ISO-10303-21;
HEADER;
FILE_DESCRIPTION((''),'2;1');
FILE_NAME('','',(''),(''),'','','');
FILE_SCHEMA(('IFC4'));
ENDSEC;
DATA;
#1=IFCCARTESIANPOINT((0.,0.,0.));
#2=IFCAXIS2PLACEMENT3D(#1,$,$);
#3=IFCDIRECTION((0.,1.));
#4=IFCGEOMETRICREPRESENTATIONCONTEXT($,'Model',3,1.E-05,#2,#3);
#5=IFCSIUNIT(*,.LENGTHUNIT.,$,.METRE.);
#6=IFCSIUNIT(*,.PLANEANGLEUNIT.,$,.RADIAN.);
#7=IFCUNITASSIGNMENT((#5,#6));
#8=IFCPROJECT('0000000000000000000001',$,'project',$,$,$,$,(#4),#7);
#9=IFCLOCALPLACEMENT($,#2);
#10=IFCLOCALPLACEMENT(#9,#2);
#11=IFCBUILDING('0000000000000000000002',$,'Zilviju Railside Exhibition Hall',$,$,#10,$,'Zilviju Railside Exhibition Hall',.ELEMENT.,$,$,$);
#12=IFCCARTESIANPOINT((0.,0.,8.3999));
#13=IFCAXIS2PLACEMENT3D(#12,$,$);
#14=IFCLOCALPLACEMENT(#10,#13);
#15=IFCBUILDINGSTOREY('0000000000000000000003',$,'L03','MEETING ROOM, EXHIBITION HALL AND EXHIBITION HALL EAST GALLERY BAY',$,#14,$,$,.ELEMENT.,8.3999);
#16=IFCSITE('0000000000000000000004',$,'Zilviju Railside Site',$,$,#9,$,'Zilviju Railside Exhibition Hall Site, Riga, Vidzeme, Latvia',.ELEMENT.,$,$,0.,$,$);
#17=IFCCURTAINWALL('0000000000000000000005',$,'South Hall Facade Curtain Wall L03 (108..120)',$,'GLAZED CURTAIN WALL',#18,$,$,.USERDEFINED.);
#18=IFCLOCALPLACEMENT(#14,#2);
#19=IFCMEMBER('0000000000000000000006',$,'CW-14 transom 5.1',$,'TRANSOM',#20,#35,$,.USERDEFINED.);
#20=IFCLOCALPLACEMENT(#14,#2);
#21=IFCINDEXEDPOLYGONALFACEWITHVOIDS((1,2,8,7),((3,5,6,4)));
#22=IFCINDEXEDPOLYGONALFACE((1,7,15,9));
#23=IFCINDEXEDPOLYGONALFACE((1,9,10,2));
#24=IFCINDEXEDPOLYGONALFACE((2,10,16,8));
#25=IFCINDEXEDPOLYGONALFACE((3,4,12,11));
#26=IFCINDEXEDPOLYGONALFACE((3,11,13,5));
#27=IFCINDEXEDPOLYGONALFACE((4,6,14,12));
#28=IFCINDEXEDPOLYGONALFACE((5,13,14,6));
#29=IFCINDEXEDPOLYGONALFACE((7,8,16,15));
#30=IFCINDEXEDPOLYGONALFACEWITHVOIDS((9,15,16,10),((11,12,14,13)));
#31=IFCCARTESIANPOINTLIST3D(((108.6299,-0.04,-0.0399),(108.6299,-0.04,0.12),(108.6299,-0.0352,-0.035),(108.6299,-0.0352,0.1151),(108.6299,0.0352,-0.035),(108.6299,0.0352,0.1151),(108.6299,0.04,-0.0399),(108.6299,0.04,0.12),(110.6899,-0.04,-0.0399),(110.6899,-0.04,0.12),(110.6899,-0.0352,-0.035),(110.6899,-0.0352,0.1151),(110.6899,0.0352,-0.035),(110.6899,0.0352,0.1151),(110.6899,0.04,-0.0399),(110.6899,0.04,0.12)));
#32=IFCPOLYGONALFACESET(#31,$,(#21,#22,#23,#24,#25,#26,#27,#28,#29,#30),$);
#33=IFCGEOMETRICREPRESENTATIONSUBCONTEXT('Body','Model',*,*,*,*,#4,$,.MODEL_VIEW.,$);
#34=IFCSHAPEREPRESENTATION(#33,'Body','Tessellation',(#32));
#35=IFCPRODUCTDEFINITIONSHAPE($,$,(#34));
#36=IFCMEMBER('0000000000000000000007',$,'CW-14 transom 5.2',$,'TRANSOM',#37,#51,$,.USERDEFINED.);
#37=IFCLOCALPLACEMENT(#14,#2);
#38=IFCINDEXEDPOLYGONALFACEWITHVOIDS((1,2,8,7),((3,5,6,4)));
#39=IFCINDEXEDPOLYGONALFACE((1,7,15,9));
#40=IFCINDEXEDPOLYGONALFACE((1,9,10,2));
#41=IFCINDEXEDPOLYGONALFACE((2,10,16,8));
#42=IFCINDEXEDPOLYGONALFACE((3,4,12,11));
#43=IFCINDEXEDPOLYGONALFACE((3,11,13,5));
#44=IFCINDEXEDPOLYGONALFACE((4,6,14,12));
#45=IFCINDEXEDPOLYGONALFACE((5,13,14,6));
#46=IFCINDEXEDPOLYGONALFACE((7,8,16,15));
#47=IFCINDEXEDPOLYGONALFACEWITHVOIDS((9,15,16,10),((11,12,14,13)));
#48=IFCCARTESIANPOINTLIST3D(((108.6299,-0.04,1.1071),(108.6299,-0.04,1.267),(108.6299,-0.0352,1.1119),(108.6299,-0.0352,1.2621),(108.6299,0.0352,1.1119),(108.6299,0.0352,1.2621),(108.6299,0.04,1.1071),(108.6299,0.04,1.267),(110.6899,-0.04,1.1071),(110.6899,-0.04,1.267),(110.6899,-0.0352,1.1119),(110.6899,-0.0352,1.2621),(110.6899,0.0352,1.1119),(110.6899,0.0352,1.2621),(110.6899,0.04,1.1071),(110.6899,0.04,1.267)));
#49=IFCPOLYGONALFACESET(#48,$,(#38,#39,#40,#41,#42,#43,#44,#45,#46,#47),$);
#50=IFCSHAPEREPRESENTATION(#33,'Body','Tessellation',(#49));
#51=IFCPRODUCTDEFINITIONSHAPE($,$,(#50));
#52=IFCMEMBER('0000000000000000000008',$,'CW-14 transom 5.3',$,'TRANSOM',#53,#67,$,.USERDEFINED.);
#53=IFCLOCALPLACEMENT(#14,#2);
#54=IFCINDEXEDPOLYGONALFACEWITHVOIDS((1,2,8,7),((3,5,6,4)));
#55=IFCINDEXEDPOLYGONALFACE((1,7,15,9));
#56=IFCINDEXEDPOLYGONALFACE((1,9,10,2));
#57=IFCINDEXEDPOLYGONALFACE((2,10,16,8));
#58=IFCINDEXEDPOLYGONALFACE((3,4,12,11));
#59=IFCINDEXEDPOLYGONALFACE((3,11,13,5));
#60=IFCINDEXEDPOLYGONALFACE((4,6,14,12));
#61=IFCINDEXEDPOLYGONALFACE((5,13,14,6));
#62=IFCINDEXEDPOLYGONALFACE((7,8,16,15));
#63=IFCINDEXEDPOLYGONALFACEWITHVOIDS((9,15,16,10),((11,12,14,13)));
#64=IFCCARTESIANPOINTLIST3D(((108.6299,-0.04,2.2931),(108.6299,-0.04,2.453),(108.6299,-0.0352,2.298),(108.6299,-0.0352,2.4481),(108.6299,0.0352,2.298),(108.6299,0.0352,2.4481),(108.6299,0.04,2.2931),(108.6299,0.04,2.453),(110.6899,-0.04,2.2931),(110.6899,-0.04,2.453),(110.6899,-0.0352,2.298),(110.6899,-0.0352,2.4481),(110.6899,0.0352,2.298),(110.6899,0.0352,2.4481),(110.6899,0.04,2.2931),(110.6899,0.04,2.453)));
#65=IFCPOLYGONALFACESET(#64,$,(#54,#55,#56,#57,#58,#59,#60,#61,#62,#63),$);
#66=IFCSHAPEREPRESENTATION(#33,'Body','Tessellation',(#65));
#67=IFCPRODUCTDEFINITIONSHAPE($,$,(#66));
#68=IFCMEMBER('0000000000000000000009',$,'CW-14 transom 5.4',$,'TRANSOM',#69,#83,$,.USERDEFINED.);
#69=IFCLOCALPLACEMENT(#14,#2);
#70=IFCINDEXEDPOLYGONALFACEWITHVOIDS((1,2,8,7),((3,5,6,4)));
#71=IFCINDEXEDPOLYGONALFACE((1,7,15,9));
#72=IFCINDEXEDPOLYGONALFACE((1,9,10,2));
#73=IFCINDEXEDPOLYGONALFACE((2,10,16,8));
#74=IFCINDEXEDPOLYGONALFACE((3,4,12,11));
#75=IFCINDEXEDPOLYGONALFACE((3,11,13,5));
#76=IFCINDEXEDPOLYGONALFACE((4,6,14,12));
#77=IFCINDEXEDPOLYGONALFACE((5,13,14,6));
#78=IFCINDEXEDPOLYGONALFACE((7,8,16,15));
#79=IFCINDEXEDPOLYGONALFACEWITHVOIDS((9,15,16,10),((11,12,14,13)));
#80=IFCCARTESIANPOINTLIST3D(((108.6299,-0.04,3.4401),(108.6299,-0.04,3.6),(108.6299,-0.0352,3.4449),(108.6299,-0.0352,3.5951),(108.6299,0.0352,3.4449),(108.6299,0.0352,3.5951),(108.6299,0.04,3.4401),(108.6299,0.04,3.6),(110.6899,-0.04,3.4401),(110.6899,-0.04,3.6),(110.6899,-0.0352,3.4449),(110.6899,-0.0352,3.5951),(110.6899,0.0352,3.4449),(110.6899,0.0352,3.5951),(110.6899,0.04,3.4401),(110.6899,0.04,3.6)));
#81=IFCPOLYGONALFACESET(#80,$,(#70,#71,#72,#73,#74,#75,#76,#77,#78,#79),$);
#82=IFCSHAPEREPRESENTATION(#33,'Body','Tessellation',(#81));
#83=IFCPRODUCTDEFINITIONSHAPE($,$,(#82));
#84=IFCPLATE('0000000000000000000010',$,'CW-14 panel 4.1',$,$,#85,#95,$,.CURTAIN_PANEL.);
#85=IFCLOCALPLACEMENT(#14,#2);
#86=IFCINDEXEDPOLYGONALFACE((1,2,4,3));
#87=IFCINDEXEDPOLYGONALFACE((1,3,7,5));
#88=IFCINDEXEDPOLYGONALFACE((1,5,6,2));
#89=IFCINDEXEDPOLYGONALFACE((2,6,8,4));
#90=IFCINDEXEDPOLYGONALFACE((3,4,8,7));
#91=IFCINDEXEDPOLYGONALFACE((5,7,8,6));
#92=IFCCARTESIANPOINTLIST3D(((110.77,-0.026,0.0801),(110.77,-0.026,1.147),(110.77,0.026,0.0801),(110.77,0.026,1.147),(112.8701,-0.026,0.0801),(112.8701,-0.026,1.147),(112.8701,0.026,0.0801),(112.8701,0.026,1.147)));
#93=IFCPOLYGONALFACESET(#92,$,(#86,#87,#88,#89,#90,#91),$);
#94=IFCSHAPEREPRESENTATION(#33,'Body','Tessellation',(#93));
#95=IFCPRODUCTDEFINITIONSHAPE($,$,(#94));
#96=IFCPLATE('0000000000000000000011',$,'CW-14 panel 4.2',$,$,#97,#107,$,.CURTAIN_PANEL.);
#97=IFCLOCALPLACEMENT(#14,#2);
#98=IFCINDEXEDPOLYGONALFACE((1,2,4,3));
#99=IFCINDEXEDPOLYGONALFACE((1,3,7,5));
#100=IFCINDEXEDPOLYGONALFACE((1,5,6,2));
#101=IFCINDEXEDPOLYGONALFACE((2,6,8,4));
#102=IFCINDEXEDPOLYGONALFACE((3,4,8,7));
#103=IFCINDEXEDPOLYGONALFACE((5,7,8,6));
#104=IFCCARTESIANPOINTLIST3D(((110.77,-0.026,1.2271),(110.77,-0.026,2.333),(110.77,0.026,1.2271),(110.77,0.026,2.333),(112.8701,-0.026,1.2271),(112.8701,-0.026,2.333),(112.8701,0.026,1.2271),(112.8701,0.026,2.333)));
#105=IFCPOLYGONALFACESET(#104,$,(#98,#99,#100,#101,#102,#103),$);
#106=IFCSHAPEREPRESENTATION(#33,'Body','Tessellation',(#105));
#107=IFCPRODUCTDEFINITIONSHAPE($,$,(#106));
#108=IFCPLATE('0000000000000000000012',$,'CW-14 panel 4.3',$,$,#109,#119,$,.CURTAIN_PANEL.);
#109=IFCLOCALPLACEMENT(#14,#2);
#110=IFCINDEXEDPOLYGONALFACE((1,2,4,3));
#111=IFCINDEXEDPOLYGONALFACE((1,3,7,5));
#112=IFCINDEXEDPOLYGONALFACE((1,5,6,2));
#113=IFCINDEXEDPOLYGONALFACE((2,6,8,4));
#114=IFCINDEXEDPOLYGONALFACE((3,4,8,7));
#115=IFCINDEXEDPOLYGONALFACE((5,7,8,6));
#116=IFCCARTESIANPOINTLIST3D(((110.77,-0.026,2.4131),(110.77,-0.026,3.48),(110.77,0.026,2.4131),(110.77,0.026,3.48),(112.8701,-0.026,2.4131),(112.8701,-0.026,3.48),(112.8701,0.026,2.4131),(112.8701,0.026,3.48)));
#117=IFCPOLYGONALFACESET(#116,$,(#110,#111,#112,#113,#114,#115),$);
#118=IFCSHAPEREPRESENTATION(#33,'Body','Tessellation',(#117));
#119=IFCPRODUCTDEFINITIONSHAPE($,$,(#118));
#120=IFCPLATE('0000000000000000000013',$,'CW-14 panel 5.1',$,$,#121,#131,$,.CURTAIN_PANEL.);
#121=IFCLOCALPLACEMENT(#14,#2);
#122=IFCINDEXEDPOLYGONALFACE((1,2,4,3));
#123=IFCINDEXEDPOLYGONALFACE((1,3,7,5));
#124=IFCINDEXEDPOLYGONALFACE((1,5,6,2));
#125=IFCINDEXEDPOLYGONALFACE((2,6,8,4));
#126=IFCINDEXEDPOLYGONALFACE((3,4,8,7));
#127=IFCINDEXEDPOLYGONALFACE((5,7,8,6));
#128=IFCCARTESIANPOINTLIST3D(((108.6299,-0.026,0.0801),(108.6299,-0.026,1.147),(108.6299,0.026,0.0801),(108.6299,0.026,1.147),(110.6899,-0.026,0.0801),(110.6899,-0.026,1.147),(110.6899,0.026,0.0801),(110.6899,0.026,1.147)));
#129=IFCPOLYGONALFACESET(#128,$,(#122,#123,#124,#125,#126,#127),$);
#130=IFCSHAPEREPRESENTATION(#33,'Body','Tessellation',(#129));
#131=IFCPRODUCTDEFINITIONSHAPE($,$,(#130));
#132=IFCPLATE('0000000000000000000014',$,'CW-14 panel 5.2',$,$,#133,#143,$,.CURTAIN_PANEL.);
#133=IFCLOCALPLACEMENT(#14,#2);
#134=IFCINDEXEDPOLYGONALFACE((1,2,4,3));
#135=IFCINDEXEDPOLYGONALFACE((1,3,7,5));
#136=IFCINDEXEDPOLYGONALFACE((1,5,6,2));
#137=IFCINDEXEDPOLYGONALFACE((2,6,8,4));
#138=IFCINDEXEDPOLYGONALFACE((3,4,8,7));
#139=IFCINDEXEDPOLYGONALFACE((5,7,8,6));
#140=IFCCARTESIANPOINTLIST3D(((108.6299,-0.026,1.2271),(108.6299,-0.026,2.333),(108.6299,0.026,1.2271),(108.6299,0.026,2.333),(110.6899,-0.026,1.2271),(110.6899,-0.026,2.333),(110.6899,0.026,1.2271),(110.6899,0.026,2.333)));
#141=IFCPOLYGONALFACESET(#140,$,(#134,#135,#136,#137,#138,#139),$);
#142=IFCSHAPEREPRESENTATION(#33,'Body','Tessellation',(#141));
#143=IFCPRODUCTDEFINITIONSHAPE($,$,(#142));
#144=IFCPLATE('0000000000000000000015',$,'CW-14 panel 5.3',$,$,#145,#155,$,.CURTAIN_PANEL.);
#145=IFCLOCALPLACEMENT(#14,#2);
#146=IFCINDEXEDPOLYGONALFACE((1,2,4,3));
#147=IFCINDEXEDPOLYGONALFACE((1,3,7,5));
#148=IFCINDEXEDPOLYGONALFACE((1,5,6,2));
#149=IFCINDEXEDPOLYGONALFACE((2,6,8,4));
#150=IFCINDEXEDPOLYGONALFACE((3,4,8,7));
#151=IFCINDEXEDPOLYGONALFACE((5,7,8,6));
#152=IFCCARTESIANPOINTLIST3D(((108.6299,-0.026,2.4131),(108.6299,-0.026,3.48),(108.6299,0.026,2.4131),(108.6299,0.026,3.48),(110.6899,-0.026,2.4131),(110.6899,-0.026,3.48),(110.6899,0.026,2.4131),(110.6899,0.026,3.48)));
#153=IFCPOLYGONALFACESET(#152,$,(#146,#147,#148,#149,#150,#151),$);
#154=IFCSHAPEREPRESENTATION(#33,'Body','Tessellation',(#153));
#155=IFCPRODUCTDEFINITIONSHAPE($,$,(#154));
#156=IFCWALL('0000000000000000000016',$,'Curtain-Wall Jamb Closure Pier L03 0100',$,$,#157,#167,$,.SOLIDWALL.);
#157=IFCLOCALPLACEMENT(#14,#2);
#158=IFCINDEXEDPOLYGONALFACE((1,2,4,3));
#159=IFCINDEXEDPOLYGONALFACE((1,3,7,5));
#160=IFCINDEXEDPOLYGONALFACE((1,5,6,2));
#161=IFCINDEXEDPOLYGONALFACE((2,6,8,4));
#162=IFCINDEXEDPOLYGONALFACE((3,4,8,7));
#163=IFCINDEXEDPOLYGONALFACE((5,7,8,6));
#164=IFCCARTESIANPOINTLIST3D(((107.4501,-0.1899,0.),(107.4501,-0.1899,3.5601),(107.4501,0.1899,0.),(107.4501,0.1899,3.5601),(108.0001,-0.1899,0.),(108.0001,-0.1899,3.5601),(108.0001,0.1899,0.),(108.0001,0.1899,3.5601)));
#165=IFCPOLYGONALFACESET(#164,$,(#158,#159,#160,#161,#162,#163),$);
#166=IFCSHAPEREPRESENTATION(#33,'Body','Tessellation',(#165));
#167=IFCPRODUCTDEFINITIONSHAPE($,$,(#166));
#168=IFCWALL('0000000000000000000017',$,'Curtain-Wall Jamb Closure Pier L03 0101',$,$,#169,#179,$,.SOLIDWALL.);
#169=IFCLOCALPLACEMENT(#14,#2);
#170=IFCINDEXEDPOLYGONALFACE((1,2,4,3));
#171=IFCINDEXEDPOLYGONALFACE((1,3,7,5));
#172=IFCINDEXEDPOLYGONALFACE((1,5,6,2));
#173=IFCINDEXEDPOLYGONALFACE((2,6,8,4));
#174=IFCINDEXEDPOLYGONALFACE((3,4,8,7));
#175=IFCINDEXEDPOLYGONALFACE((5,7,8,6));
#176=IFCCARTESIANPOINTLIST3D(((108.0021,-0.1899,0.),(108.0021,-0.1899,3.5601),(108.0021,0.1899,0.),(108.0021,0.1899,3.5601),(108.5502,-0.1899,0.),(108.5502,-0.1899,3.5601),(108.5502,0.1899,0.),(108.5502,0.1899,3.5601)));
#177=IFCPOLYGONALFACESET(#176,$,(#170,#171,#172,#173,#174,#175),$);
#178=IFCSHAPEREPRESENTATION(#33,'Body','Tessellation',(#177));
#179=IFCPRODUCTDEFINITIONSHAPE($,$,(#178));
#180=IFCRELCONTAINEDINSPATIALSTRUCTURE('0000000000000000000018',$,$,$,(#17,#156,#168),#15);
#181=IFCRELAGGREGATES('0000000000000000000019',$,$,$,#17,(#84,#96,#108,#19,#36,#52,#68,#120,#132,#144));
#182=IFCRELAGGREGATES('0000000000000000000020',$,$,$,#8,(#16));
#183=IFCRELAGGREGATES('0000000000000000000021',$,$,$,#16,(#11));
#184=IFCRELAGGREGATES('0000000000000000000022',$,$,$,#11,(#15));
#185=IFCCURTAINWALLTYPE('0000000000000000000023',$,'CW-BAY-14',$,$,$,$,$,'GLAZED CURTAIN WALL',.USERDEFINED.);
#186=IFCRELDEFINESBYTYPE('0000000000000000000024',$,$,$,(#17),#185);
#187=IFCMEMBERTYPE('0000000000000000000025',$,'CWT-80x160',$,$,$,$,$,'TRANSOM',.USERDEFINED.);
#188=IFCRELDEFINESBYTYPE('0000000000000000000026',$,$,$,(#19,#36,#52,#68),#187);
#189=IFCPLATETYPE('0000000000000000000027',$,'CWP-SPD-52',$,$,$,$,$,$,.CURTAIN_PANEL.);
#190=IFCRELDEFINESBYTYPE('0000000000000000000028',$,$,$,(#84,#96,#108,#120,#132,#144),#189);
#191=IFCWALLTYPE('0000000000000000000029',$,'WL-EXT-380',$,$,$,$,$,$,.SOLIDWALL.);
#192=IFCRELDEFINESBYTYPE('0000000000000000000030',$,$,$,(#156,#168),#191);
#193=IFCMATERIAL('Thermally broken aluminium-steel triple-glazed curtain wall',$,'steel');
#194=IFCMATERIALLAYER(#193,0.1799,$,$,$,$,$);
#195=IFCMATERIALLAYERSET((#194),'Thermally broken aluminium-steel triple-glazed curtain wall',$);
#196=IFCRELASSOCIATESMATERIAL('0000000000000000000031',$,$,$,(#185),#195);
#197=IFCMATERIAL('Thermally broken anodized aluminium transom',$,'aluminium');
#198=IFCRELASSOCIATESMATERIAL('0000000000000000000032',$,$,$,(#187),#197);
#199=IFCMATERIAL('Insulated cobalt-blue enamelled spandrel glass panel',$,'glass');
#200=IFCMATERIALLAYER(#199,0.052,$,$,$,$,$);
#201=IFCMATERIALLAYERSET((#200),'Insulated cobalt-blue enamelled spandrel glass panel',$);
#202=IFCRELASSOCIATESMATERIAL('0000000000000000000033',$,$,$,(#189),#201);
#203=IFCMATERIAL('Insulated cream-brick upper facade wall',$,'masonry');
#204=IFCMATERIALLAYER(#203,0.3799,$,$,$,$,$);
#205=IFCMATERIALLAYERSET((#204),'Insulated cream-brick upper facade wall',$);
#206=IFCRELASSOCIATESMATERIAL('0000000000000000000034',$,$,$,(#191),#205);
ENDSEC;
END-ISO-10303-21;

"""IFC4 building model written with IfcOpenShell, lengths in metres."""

from ifc_helpers import new_model, si_unit, direction, frame, frame_2d, origin, origin_2d, place, context, subcontext, project, spatial, rectangle, hollow_rectangle, extrude, material, layer, layer_set, material_profile, profile_set, type_object, element, aggregate, save


model = new_model("IFC4")

# Units and contexts
model_context = context("Model", 3, precision=1e-05, world=origin(), true_north=direction((0.0, 1.0)))
body_context = subcontext(model_context, "Body", "Model", "MODEL_VIEW")
ifc_project = project(units=[si_unit("LENGTHUNIT", "METRE"), si_unit("PLANEANGLEUNIT", "RADIAN")], contexts=[model_context])

# Site, building, storey
site_placement = place(None, origin())
site = spatial("IfcSite", under=ifc_project, at=site_placement, Name="Zilviju Railside Site", LongName="Zilviju Railside Exhibition Hall Site, Riga, Vidzeme, Latvia", CompositionType="ELEMENT", RefElevation=0.0)
building_placement = place(site_placement, origin())
building = spatial("IfcBuilding", under=site, at=building_placement, Name="Zilviju Railside Exhibition Hall", LongName="Zilviju Railside Exhibition Hall", CompositionType="ELEMENT")
storey_placement = place(building_placement, frame((0.0, 0.0, 8.3999)))
storey = spatial("IfcBuildingStorey", under=building, at=storey_placement, Name="L03", Description="MEETING ROOM, EXHIBITION HALL AND EXHIBITION HALL EAST GALLERY BAY", CompositionType="ELEMENT", Elevation=8.3999)

# Shared definitions
ifc_material_1 = material(Name="Thermally broken aluminium-steel triple-glazed curtain wall", Category="steel")

# Curtain wall, members, plates
ifc_layer_1 = layer(ifc_material_1, 0.1799)
ifc_layer_set_1 = layer_set([ifc_layer_1], Name="Thermally broken aluminium-steel triple-glazed curtain wall")
curtain_wall_type_1 = type_object("IfcCurtainWallType", Name="CW-BAY-14", ElementType="GLAZED CURTAIN WALL", PredefinedType="USERDEFINED", material=ifc_layer_set_1)
curtain_wall_1_placement = place(storey_placement, origin())
curtain_wall_1 = element("IfcCurtainWall", 1, at=curtain_wall_1_placement, inside=storey, type_object=curtain_wall_type_1, Name="South Hall Facade Curtain Wall L03 (108..120)", ObjectType="GLAZED CURTAIN WALL", PredefinedType="USERDEFINED")
ifc_material_2 = material(Name="Thermally broken anodized aluminium transom", Category="aluminium")
ifc_material_profile_1 = material_profile(ifc_material_2, hollow_rectangle(XDim=0.0801, YDim=0.1599, WallThickness=0.0049, at=origin_2d()), Name="TRANSOM 160x80x5")
ifc_profile_set_1 = profile_set([ifc_material_profile_1], Name="Thermally broken anodized aluminium transom")
member_type_1 = type_object("IfcMemberType", Name="CWT-80x160", ElementType="TRANSOM", PredefinedType="USERDEFINED", material=ifc_profile_set_1)
member_1_placement = place(storey_placement, frame((110.6899, 0.0, 0.04), z_axis=(-1.0, 0.0, 0.0), x_axis=(0.0, -1.0, 0.0)))
member_1 = element("IfcMember", 2, at=member_1_placement, type_object=member_type_1, Name="CW-14 transom 5.1", ObjectType="TRANSOM", PredefinedType="USERDEFINED", context=body_context, shape_type="SweptSolid", body=[
    extrude(hollow_rectangle(XDim=0.0801, YDim=0.1599, WallThickness=0.0049, at=origin_2d()), origin(), (0.0, 0.0, 1.0), 2.0601),
])
member_2_placement = place(storey_placement, frame((110.6899, 0.0, 1.187), z_axis=(-1.0, 0.0, 0.0), x_axis=(0.0, -1.0, 0.0)))
member_2 = element("IfcMember", 3, at=member_2_placement, type_object=member_type_1, Name="CW-14 transom 5.2", ObjectType="TRANSOM", PredefinedType="USERDEFINED", context=body_context, shape_type="SweptSolid", body=[
    extrude(hollow_rectangle(XDim=0.0801, YDim=0.1599, WallThickness=0.0049, at=origin_2d()), origin(), (0.0, 0.0, 1.0), 2.0601),
])
member_3_placement = place(storey_placement, frame((110.6899, 0.0, 2.373), z_axis=(-1.0, 0.0, 0.0), x_axis=(0.0, -1.0, 0.0)))
member_3 = element("IfcMember", 4, at=member_3_placement, type_object=member_type_1, Name="CW-14 transom 5.3", ObjectType="TRANSOM", PredefinedType="USERDEFINED", context=body_context, shape_type="SweptSolid", body=[
    extrude(hollow_rectangle(XDim=0.0801, YDim=0.1599, WallThickness=0.0049, at=origin_2d()), origin(), (0.0, 0.0, 1.0), 2.0601),
])
member_4_placement = place(storey_placement, frame((110.6899, 0.0, 3.52), z_axis=(-1.0, 0.0, 0.0), x_axis=(0.0, -1.0, 0.0)))
member_4 = element("IfcMember", 5, at=member_4_placement, type_object=member_type_1, Name="CW-14 transom 5.4", ObjectType="TRANSOM", PredefinedType="USERDEFINED", context=body_context, shape_type="SweptSolid", body=[
    extrude(hollow_rectangle(XDim=0.0801, YDim=0.1599, WallThickness=0.0049, at=origin_2d()), origin(), (0.0, 0.0, 1.0), 2.0601),
])
ifc_material_3 = material(Name="Insulated cobalt-blue enamelled spandrel glass panel", Category="glass")
ifc_layer_2 = layer(ifc_material_3, 0.052)
ifc_layer_set_2 = layer_set([ifc_layer_2], Name="Insulated cobalt-blue enamelled spandrel glass panel")
plate_type = type_object("IfcPlateType", Name="CWP-SPD-52", PredefinedType="CURTAIN_PANEL", material=ifc_layer_set_2)
plate_1_placement = place(storey_placement, frame((111.8201, 0.0, 0.0801), z_axis=(0.0, 0.0, 1.0), x_axis=(-1.0, 0.0, 0.0)))
plate_1 = element("IfcPlate", 6, at=plate_1_placement, type_object=plate_type, Name="CW-14 panel 4.1", PredefinedType="CURTAIN_PANEL", context=body_context, shape_type="SweptSolid", body=[
    extrude(rectangle(XDim=2.1001, YDim=0.052, at=origin_2d()), origin(), (0.0, 0.0, 1.0), 1.0669),
])
plate_2_placement = place(storey_placement, frame((111.8201, 0.0, 1.2271), z_axis=(0.0, 0.0, 1.0), x_axis=(-1.0, 0.0, 0.0)))
plate_2 = element("IfcPlate", 7, at=plate_2_placement, type_object=plate_type, Name="CW-14 panel 4.2", PredefinedType="CURTAIN_PANEL", context=body_context, shape_type="SweptSolid", body=[
    extrude(rectangle(XDim=2.1001, YDim=0.052, at=origin_2d()), origin(), (0.0, 0.0, 1.0), 1.106),
])
plate_3_placement = place(storey_placement, frame((111.8201, 0.0, 2.4131), z_axis=(0.0, 0.0, 1.0), x_axis=(-1.0, 0.0, 0.0)))
plate_3 = element("IfcPlate", 8, at=plate_3_placement, type_object=plate_type, Name="CW-14 panel 4.3", PredefinedType="CURTAIN_PANEL", context=body_context, shape_type="SweptSolid", body=[
    extrude(rectangle(XDim=2.1001, YDim=0.052, at=origin_2d()), origin(), (0.0, 0.0, 1.0), 1.0669),
])
plate_4_placement = place(storey_placement, frame((109.6599, 0.0, 0.0801), z_axis=(0.0, 0.0, 1.0), x_axis=(-1.0, 0.0, 0.0)))
plate_4 = element("IfcPlate", 9, at=plate_4_placement, type_object=plate_type, Name="CW-14 panel 5.1", PredefinedType="CURTAIN_PANEL", context=body_context, shape_type="SweptSolid", body=[
    extrude(rectangle(XDim=2.0601, YDim=0.052, at=origin_2d()), origin(), (0.0, 0.0, 1.0), 1.0669),
])
plate_5_placement = place(storey_placement, frame((109.6599, 0.0, 1.2271), z_axis=(0.0, 0.0, 1.0), x_axis=(-1.0, 0.0, 0.0)))
plate_5 = element("IfcPlate", 10, at=plate_5_placement, type_object=plate_type, Name="CW-14 panel 5.2", PredefinedType="CURTAIN_PANEL", context=body_context, shape_type="SweptSolid", body=[
    extrude(rectangle(XDim=2.0601, YDim=0.052, at=origin_2d()), origin(), (0.0, 0.0, 1.0), 1.106),
])
plate_6_placement = place(storey_placement, frame((109.6599, 0.0, 2.4131), z_axis=(0.0, 0.0, 1.0), x_axis=(-1.0, 0.0, 0.0)))
plate_6 = element("IfcPlate", 11, at=plate_6_placement, type_object=plate_type, Name="CW-14 panel 5.3", PredefinedType="CURTAIN_PANEL", context=body_context, shape_type="SweptSolid", body=[
    extrude(rectangle(XDim=2.0601, YDim=0.052, at=origin_2d()), origin(), (0.0, 0.0, 1.0), 1.0669),
])
aggregate(curtain_wall_1, [plate_1, plate_2, plate_3, member_1, member_2, member_3, member_4, plate_4, plate_5, plate_6])

# Walls
ifc_material_4 = material(Name="Insulated cream-brick upper facade wall", Category="masonry")
ifc_layer_3 = layer(ifc_material_4, 0.3799)
ifc_layer_set_3 = layer_set([ifc_layer_3], Name="Insulated cream-brick upper facade wall")
wall_type = type_object("IfcWallType", Name="WL-EXT-380", PredefinedType="SOLIDWALL", material=ifc_layer_set_3)
wall_1_placement = place(storey_placement, frame((108.0, 0.0, 0.0), z_axis=(0.0, 0.0, 1.0), x_axis=(-1.0, 0.0, 0.0)))
element("IfcWall", 12, at=wall_1_placement, inside=storey, type_object=wall_type, Name="Curtain-Wall Jamb Closure Pier L03 0100", PredefinedType="SOLIDWALL", context=body_context, shape_type="SweptSolid", body=[
    extrude(rectangle(XDim=0.55, YDim=0.3799, at=frame_2d((0.2749, 0.0))), origin(), (0.0, 0.0, 1.0), 3.5601),
])
wall_2_placement = place(storey_placement, frame((108.55, 0.0, 0.0), z_axis=(0.0, 0.0, 1.0), x_axis=(-1.0, 0.0, 0.0)))
element("IfcWall", 13, at=wall_2_placement, inside=storey, type_object=wall_type, Name="Curtain-Wall Jamb Closure Pier L03 0101", PredefinedType="SOLIDWALL", context=body_context, shape_type="SweptSolid", body=[
    extrude(rectangle(XDim=0.5481, YDim=0.3799, at=frame_2d((0.2739, 0.0))), origin(), (0.0, 0.0, 1.0), 3.5601),
])

save(model, "model.ifc")
